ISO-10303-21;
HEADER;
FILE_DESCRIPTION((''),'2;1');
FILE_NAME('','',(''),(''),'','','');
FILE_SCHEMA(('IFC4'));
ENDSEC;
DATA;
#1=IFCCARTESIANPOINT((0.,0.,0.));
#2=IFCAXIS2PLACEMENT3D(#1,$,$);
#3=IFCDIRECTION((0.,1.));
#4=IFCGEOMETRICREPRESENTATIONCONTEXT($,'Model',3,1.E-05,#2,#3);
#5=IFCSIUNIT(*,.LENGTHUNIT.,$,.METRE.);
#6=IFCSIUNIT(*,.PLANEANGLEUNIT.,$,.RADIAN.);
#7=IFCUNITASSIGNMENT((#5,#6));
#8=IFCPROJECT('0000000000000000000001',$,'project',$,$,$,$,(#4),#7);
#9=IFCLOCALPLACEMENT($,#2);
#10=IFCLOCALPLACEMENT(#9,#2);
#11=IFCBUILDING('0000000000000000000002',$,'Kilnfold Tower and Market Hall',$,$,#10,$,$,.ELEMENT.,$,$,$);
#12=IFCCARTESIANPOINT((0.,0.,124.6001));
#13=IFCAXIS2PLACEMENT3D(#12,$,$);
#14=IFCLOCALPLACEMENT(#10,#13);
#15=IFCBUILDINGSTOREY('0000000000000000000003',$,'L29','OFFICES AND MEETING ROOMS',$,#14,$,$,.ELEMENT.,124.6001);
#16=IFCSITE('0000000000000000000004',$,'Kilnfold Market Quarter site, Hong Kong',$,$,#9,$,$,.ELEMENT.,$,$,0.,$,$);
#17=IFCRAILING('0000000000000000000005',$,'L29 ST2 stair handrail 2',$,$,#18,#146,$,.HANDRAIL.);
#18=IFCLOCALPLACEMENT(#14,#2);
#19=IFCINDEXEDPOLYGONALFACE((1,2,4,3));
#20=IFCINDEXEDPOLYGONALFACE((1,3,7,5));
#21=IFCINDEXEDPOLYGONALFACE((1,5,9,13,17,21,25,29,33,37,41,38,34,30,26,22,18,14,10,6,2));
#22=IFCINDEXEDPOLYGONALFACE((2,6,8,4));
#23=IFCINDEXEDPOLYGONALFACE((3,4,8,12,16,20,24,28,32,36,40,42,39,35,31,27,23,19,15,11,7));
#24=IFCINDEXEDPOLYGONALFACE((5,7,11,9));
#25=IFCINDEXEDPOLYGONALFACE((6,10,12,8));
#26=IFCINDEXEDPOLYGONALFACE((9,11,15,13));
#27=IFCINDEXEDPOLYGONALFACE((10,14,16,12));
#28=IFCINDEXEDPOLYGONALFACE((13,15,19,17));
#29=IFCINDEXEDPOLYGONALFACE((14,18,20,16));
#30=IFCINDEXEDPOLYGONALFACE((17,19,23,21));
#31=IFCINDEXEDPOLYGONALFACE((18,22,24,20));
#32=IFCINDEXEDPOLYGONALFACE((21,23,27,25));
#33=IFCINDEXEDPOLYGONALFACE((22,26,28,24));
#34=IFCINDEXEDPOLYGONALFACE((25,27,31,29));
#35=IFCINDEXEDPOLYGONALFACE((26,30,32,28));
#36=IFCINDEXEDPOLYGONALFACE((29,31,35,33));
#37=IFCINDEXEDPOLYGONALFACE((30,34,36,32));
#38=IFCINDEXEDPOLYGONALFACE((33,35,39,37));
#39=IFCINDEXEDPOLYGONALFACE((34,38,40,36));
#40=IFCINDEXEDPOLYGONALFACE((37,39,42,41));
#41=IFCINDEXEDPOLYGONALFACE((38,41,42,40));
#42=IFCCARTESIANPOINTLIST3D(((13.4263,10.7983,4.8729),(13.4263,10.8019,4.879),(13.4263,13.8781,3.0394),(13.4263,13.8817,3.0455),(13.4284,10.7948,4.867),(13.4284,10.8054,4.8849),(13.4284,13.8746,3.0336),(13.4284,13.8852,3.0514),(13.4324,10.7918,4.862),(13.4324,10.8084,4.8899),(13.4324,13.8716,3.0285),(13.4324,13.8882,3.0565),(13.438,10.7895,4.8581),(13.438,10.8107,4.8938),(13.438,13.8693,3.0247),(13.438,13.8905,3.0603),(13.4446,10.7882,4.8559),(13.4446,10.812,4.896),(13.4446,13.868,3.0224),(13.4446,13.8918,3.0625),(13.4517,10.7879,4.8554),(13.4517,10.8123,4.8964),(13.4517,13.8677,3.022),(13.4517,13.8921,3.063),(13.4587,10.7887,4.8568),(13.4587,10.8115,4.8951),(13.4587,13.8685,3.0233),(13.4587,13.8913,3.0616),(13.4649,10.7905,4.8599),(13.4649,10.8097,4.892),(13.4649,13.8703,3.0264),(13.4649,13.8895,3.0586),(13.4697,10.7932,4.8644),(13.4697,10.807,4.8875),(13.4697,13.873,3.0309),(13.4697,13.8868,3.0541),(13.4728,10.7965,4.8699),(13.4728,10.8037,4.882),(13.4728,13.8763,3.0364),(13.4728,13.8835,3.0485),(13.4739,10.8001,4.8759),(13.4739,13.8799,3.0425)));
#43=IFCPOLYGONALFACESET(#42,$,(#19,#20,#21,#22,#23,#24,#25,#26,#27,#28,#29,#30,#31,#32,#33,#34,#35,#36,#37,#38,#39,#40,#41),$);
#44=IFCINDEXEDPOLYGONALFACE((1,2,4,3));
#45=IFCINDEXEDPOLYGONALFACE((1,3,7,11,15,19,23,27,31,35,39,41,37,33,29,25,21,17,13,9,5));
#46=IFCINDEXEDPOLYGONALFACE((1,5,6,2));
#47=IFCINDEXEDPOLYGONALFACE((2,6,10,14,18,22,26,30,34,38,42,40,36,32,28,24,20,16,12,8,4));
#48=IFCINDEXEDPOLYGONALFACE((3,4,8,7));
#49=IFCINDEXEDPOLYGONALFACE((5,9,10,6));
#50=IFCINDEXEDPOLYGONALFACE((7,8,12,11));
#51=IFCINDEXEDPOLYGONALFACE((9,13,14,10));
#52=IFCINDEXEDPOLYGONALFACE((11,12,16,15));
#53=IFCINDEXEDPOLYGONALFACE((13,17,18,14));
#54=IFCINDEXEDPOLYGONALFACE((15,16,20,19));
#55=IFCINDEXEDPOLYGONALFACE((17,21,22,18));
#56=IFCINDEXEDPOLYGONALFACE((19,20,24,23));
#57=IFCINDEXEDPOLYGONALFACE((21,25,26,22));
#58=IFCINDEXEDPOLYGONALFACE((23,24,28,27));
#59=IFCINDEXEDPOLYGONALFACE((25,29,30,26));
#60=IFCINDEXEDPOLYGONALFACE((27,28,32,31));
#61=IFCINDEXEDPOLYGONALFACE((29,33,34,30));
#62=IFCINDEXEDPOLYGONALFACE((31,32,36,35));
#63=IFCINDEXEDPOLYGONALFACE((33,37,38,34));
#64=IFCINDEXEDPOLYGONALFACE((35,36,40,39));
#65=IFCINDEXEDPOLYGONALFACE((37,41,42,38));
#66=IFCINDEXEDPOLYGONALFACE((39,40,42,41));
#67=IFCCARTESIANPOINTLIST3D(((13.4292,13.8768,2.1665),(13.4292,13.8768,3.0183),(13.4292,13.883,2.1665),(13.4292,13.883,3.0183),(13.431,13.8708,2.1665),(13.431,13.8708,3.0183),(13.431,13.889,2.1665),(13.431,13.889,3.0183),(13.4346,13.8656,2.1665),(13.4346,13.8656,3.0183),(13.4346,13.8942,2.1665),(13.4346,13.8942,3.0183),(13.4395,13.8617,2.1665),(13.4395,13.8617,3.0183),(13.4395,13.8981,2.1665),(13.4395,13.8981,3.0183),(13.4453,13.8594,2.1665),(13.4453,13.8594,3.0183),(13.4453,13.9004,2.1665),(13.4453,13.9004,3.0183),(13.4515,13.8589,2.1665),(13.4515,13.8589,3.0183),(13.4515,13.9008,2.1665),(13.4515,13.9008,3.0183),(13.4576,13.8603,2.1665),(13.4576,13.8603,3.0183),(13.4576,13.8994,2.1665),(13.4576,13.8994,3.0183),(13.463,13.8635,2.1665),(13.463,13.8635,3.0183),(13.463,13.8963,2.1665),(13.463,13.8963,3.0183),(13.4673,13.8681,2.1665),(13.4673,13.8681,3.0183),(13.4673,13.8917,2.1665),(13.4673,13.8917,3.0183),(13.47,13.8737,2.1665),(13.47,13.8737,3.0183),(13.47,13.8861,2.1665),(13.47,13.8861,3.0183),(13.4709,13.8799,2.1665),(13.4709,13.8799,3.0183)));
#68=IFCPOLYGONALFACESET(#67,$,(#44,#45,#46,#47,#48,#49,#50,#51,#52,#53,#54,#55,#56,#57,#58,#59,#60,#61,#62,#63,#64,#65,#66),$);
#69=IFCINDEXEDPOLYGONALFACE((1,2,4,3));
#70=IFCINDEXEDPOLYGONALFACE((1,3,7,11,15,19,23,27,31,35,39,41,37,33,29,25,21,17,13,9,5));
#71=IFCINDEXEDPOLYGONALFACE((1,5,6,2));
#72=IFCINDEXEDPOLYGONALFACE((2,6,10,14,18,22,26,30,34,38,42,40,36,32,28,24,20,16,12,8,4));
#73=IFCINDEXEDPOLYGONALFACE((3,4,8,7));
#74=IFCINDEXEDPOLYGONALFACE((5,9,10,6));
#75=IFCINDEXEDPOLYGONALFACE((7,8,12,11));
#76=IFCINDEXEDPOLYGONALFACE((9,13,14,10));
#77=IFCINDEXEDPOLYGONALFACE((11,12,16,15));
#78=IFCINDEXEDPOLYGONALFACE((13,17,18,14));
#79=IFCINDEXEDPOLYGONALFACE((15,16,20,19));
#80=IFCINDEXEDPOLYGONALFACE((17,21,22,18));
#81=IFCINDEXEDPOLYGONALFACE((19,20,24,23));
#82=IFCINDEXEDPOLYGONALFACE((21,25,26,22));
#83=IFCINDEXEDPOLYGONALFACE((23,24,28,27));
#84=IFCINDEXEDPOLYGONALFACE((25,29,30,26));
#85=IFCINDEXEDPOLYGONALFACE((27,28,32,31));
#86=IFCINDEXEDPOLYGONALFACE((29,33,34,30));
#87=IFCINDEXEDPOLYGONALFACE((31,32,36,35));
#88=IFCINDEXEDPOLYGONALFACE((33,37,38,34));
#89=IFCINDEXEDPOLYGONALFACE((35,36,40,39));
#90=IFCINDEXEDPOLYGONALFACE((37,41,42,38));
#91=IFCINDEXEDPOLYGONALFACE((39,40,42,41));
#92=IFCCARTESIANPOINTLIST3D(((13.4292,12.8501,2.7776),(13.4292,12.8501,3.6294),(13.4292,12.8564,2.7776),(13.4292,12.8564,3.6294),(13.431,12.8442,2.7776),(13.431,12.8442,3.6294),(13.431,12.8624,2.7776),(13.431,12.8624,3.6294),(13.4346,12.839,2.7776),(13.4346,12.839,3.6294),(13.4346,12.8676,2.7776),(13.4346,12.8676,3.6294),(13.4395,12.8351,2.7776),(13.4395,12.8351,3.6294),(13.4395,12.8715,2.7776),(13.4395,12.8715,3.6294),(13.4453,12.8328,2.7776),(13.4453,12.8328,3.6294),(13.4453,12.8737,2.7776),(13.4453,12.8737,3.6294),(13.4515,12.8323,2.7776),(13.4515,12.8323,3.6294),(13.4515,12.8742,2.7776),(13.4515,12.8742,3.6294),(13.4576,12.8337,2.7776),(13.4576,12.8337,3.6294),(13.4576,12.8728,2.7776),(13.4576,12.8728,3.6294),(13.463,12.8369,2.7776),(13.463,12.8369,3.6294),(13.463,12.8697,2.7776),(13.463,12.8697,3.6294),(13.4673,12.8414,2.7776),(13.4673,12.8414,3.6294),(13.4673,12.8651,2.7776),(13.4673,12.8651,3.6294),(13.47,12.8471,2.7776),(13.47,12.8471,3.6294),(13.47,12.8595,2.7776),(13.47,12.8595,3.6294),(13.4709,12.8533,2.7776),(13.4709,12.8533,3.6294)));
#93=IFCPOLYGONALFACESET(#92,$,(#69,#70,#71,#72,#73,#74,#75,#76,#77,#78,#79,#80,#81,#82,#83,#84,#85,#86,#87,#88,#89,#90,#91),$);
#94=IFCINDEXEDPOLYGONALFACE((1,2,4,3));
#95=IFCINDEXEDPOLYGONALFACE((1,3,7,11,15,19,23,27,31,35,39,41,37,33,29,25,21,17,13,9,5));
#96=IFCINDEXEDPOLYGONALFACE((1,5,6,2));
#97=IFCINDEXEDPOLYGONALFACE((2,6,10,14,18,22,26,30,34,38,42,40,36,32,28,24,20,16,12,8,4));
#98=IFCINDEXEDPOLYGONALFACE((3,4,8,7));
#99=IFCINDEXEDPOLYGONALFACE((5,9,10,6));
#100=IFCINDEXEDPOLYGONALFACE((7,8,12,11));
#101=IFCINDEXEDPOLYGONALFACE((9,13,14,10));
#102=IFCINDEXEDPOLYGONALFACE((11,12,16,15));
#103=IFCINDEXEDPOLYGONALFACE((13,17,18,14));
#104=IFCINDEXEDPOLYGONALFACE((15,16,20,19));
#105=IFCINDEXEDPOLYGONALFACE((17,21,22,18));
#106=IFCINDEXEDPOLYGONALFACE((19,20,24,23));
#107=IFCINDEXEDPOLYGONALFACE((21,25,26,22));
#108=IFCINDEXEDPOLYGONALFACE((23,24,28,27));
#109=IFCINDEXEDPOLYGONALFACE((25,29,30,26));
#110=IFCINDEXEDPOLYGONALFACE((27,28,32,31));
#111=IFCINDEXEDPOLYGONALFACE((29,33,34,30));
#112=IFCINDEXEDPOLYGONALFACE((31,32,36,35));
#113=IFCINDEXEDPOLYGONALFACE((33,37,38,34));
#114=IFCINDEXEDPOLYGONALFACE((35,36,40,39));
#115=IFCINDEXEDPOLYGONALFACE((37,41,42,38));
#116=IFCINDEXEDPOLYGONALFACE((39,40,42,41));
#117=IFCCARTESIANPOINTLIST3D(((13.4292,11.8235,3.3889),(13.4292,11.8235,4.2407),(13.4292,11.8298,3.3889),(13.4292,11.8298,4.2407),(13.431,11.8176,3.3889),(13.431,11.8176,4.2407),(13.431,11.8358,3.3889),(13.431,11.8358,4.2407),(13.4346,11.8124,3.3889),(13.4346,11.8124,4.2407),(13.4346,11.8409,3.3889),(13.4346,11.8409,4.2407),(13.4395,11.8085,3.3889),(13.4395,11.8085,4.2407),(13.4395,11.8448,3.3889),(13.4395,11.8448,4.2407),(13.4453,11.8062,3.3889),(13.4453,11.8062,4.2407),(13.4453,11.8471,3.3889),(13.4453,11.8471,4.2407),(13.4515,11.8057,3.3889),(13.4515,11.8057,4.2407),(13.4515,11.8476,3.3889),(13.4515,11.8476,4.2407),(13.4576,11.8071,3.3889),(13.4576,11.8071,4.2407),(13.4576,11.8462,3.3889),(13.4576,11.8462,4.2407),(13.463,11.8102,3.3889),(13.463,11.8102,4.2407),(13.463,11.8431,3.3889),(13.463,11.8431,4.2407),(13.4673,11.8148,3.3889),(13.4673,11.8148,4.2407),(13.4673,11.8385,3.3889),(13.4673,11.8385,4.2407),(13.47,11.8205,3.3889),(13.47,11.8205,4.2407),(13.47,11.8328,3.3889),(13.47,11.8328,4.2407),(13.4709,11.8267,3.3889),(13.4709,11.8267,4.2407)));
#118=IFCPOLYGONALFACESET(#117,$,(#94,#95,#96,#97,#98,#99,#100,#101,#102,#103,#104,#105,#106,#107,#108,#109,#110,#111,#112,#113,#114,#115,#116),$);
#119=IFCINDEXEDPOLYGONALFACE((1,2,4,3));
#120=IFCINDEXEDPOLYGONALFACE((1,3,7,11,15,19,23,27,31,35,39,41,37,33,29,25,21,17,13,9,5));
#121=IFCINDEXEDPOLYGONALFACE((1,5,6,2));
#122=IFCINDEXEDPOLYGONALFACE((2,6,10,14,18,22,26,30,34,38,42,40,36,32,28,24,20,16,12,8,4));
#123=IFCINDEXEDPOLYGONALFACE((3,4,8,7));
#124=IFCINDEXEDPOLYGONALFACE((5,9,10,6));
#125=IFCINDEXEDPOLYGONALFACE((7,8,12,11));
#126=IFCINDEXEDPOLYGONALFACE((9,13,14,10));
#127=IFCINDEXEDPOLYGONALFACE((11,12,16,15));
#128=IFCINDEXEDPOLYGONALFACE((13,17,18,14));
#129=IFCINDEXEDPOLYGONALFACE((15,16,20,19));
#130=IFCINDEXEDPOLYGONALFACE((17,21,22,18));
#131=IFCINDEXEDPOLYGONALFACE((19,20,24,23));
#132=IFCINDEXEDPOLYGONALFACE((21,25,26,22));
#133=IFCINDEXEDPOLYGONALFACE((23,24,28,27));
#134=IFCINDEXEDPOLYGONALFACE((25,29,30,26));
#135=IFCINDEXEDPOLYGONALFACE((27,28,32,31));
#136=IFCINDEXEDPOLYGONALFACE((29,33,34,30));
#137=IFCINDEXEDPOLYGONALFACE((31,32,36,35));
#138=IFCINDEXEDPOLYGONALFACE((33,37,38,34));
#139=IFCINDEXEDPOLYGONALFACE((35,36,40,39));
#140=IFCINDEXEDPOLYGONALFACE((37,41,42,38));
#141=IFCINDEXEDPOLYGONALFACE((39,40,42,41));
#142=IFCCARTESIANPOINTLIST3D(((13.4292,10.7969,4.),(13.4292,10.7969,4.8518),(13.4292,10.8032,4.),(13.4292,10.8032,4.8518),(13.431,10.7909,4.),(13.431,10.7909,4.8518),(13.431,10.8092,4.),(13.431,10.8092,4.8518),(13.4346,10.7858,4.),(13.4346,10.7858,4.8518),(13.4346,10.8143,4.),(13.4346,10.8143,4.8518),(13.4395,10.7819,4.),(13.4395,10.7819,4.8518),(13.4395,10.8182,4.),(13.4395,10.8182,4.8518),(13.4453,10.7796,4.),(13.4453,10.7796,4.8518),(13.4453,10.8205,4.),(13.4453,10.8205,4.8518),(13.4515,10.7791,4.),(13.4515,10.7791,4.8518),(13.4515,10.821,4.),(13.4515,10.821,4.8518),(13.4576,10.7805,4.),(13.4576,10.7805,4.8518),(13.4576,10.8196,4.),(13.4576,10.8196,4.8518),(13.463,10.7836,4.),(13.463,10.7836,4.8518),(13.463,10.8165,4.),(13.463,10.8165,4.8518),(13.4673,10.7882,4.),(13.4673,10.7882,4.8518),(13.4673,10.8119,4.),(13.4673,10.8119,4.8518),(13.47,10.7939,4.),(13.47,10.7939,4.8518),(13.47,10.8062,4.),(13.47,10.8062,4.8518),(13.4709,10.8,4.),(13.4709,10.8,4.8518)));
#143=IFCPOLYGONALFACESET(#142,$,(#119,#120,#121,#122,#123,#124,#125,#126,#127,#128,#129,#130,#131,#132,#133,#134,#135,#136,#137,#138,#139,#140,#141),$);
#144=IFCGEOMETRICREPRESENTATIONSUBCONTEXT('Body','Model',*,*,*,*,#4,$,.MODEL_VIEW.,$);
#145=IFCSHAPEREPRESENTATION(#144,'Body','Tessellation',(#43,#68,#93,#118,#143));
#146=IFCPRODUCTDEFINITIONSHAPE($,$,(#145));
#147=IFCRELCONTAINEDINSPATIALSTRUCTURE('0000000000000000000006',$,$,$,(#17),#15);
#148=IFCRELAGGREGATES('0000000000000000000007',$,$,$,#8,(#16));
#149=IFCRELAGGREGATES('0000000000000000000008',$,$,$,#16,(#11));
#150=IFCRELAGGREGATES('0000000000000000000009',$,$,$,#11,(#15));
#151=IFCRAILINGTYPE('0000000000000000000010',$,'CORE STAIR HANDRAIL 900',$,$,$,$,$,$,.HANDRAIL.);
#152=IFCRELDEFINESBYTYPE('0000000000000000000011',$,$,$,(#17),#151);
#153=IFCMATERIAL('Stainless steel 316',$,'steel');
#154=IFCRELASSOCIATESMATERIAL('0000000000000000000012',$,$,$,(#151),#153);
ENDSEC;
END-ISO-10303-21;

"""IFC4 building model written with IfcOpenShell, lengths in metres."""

from ifc_helpers import new_model, si_unit, direction, frame, origin, origin_2d, place, context, subcontext, project, spatial, circle, extrude, material, type_object, element, save


model = new_model("IFC4")

# Units and contexts
model_context = context("Model", 3, precision=1e-05, world=origin(), true_north=direction((0.0, 1.0)))
body_context = subcontext(model_context, "Body", "Model", "MODEL_VIEW")
ifc_project = project(units=[si_unit("LENGTHUNIT", "METRE"), si_unit("PLANEANGLEUNIT", "RADIAN")], contexts=[model_context])

# Site, building, storey
site_placement = place(None, origin())
site = spatial("IfcSite", under=ifc_project, at=site_placement, Name="Kilnfold Market Quarter site, Hong Kong", CompositionType="ELEMENT", RefElevation=0.0)
building_placement = place(site_placement, origin())
building = spatial("IfcBuilding", under=site, at=building_placement, Name="Kilnfold Tower and Market Hall", CompositionType="ELEMENT")
storey_placement = place(building_placement, frame((0.0, 0.0, 124.6001)))
storey = spatial("IfcBuildingStorey", under=building, at=storey_placement, Name="L29", Description="OFFICES AND MEETING ROOMS", CompositionType="ELEMENT", Elevation=124.6001)

# Railing
ifc_material_1 = material(Name="Stainless steel 316", Category="steel")
railing_type_1 = type_object("IfcRailingType", Name="CORE STAIR HANDRAIL 900", PredefinedType="HANDRAIL", material=ifc_material_1)
railing_1_placement = place(storey_placement, frame((13.45, 13.8799, 2.1665)))
element("IfcRailing", 1, at=railing_1_placement, inside=storey, type_object=railing_type_1, Name="L29 ST2 stair handrail 2", PredefinedType="HANDRAIL", context=body_context, shape_type="SweptSolid", body=[
    extrude(circle(Radius=0.0239, at=origin_2d()), frame((0.0, 0.0, 0.876), z_axis=(0.0, -0.859261, 0.511538), x_axis=(1.0, 0.0, 0.0)), (0.0, 0.0, 1.0), 3.5842),
    extrude(circle(Radius=0.021, at=origin_2d()), origin(), (0.0, 0.0, 1.0), 0.8518),
    extrude(circle(Radius=0.021, at=origin_2d()), frame((0.0, -1.0266, 0.6111)), (0.0, 0.0, 1.0), 0.8518),
    extrude(circle(Radius=0.021, at=origin_2d()), frame((0.0, -2.0532, 1.2224)), (0.0, 0.0, 1.0), 0.8518),
    extrude(circle(Radius=0.021, at=origin_2d()), frame((0.0, -3.0798, 1.8335)), (0.0, 0.0, 1.0), 0.8518),
])

save(model, "model.ifc")
